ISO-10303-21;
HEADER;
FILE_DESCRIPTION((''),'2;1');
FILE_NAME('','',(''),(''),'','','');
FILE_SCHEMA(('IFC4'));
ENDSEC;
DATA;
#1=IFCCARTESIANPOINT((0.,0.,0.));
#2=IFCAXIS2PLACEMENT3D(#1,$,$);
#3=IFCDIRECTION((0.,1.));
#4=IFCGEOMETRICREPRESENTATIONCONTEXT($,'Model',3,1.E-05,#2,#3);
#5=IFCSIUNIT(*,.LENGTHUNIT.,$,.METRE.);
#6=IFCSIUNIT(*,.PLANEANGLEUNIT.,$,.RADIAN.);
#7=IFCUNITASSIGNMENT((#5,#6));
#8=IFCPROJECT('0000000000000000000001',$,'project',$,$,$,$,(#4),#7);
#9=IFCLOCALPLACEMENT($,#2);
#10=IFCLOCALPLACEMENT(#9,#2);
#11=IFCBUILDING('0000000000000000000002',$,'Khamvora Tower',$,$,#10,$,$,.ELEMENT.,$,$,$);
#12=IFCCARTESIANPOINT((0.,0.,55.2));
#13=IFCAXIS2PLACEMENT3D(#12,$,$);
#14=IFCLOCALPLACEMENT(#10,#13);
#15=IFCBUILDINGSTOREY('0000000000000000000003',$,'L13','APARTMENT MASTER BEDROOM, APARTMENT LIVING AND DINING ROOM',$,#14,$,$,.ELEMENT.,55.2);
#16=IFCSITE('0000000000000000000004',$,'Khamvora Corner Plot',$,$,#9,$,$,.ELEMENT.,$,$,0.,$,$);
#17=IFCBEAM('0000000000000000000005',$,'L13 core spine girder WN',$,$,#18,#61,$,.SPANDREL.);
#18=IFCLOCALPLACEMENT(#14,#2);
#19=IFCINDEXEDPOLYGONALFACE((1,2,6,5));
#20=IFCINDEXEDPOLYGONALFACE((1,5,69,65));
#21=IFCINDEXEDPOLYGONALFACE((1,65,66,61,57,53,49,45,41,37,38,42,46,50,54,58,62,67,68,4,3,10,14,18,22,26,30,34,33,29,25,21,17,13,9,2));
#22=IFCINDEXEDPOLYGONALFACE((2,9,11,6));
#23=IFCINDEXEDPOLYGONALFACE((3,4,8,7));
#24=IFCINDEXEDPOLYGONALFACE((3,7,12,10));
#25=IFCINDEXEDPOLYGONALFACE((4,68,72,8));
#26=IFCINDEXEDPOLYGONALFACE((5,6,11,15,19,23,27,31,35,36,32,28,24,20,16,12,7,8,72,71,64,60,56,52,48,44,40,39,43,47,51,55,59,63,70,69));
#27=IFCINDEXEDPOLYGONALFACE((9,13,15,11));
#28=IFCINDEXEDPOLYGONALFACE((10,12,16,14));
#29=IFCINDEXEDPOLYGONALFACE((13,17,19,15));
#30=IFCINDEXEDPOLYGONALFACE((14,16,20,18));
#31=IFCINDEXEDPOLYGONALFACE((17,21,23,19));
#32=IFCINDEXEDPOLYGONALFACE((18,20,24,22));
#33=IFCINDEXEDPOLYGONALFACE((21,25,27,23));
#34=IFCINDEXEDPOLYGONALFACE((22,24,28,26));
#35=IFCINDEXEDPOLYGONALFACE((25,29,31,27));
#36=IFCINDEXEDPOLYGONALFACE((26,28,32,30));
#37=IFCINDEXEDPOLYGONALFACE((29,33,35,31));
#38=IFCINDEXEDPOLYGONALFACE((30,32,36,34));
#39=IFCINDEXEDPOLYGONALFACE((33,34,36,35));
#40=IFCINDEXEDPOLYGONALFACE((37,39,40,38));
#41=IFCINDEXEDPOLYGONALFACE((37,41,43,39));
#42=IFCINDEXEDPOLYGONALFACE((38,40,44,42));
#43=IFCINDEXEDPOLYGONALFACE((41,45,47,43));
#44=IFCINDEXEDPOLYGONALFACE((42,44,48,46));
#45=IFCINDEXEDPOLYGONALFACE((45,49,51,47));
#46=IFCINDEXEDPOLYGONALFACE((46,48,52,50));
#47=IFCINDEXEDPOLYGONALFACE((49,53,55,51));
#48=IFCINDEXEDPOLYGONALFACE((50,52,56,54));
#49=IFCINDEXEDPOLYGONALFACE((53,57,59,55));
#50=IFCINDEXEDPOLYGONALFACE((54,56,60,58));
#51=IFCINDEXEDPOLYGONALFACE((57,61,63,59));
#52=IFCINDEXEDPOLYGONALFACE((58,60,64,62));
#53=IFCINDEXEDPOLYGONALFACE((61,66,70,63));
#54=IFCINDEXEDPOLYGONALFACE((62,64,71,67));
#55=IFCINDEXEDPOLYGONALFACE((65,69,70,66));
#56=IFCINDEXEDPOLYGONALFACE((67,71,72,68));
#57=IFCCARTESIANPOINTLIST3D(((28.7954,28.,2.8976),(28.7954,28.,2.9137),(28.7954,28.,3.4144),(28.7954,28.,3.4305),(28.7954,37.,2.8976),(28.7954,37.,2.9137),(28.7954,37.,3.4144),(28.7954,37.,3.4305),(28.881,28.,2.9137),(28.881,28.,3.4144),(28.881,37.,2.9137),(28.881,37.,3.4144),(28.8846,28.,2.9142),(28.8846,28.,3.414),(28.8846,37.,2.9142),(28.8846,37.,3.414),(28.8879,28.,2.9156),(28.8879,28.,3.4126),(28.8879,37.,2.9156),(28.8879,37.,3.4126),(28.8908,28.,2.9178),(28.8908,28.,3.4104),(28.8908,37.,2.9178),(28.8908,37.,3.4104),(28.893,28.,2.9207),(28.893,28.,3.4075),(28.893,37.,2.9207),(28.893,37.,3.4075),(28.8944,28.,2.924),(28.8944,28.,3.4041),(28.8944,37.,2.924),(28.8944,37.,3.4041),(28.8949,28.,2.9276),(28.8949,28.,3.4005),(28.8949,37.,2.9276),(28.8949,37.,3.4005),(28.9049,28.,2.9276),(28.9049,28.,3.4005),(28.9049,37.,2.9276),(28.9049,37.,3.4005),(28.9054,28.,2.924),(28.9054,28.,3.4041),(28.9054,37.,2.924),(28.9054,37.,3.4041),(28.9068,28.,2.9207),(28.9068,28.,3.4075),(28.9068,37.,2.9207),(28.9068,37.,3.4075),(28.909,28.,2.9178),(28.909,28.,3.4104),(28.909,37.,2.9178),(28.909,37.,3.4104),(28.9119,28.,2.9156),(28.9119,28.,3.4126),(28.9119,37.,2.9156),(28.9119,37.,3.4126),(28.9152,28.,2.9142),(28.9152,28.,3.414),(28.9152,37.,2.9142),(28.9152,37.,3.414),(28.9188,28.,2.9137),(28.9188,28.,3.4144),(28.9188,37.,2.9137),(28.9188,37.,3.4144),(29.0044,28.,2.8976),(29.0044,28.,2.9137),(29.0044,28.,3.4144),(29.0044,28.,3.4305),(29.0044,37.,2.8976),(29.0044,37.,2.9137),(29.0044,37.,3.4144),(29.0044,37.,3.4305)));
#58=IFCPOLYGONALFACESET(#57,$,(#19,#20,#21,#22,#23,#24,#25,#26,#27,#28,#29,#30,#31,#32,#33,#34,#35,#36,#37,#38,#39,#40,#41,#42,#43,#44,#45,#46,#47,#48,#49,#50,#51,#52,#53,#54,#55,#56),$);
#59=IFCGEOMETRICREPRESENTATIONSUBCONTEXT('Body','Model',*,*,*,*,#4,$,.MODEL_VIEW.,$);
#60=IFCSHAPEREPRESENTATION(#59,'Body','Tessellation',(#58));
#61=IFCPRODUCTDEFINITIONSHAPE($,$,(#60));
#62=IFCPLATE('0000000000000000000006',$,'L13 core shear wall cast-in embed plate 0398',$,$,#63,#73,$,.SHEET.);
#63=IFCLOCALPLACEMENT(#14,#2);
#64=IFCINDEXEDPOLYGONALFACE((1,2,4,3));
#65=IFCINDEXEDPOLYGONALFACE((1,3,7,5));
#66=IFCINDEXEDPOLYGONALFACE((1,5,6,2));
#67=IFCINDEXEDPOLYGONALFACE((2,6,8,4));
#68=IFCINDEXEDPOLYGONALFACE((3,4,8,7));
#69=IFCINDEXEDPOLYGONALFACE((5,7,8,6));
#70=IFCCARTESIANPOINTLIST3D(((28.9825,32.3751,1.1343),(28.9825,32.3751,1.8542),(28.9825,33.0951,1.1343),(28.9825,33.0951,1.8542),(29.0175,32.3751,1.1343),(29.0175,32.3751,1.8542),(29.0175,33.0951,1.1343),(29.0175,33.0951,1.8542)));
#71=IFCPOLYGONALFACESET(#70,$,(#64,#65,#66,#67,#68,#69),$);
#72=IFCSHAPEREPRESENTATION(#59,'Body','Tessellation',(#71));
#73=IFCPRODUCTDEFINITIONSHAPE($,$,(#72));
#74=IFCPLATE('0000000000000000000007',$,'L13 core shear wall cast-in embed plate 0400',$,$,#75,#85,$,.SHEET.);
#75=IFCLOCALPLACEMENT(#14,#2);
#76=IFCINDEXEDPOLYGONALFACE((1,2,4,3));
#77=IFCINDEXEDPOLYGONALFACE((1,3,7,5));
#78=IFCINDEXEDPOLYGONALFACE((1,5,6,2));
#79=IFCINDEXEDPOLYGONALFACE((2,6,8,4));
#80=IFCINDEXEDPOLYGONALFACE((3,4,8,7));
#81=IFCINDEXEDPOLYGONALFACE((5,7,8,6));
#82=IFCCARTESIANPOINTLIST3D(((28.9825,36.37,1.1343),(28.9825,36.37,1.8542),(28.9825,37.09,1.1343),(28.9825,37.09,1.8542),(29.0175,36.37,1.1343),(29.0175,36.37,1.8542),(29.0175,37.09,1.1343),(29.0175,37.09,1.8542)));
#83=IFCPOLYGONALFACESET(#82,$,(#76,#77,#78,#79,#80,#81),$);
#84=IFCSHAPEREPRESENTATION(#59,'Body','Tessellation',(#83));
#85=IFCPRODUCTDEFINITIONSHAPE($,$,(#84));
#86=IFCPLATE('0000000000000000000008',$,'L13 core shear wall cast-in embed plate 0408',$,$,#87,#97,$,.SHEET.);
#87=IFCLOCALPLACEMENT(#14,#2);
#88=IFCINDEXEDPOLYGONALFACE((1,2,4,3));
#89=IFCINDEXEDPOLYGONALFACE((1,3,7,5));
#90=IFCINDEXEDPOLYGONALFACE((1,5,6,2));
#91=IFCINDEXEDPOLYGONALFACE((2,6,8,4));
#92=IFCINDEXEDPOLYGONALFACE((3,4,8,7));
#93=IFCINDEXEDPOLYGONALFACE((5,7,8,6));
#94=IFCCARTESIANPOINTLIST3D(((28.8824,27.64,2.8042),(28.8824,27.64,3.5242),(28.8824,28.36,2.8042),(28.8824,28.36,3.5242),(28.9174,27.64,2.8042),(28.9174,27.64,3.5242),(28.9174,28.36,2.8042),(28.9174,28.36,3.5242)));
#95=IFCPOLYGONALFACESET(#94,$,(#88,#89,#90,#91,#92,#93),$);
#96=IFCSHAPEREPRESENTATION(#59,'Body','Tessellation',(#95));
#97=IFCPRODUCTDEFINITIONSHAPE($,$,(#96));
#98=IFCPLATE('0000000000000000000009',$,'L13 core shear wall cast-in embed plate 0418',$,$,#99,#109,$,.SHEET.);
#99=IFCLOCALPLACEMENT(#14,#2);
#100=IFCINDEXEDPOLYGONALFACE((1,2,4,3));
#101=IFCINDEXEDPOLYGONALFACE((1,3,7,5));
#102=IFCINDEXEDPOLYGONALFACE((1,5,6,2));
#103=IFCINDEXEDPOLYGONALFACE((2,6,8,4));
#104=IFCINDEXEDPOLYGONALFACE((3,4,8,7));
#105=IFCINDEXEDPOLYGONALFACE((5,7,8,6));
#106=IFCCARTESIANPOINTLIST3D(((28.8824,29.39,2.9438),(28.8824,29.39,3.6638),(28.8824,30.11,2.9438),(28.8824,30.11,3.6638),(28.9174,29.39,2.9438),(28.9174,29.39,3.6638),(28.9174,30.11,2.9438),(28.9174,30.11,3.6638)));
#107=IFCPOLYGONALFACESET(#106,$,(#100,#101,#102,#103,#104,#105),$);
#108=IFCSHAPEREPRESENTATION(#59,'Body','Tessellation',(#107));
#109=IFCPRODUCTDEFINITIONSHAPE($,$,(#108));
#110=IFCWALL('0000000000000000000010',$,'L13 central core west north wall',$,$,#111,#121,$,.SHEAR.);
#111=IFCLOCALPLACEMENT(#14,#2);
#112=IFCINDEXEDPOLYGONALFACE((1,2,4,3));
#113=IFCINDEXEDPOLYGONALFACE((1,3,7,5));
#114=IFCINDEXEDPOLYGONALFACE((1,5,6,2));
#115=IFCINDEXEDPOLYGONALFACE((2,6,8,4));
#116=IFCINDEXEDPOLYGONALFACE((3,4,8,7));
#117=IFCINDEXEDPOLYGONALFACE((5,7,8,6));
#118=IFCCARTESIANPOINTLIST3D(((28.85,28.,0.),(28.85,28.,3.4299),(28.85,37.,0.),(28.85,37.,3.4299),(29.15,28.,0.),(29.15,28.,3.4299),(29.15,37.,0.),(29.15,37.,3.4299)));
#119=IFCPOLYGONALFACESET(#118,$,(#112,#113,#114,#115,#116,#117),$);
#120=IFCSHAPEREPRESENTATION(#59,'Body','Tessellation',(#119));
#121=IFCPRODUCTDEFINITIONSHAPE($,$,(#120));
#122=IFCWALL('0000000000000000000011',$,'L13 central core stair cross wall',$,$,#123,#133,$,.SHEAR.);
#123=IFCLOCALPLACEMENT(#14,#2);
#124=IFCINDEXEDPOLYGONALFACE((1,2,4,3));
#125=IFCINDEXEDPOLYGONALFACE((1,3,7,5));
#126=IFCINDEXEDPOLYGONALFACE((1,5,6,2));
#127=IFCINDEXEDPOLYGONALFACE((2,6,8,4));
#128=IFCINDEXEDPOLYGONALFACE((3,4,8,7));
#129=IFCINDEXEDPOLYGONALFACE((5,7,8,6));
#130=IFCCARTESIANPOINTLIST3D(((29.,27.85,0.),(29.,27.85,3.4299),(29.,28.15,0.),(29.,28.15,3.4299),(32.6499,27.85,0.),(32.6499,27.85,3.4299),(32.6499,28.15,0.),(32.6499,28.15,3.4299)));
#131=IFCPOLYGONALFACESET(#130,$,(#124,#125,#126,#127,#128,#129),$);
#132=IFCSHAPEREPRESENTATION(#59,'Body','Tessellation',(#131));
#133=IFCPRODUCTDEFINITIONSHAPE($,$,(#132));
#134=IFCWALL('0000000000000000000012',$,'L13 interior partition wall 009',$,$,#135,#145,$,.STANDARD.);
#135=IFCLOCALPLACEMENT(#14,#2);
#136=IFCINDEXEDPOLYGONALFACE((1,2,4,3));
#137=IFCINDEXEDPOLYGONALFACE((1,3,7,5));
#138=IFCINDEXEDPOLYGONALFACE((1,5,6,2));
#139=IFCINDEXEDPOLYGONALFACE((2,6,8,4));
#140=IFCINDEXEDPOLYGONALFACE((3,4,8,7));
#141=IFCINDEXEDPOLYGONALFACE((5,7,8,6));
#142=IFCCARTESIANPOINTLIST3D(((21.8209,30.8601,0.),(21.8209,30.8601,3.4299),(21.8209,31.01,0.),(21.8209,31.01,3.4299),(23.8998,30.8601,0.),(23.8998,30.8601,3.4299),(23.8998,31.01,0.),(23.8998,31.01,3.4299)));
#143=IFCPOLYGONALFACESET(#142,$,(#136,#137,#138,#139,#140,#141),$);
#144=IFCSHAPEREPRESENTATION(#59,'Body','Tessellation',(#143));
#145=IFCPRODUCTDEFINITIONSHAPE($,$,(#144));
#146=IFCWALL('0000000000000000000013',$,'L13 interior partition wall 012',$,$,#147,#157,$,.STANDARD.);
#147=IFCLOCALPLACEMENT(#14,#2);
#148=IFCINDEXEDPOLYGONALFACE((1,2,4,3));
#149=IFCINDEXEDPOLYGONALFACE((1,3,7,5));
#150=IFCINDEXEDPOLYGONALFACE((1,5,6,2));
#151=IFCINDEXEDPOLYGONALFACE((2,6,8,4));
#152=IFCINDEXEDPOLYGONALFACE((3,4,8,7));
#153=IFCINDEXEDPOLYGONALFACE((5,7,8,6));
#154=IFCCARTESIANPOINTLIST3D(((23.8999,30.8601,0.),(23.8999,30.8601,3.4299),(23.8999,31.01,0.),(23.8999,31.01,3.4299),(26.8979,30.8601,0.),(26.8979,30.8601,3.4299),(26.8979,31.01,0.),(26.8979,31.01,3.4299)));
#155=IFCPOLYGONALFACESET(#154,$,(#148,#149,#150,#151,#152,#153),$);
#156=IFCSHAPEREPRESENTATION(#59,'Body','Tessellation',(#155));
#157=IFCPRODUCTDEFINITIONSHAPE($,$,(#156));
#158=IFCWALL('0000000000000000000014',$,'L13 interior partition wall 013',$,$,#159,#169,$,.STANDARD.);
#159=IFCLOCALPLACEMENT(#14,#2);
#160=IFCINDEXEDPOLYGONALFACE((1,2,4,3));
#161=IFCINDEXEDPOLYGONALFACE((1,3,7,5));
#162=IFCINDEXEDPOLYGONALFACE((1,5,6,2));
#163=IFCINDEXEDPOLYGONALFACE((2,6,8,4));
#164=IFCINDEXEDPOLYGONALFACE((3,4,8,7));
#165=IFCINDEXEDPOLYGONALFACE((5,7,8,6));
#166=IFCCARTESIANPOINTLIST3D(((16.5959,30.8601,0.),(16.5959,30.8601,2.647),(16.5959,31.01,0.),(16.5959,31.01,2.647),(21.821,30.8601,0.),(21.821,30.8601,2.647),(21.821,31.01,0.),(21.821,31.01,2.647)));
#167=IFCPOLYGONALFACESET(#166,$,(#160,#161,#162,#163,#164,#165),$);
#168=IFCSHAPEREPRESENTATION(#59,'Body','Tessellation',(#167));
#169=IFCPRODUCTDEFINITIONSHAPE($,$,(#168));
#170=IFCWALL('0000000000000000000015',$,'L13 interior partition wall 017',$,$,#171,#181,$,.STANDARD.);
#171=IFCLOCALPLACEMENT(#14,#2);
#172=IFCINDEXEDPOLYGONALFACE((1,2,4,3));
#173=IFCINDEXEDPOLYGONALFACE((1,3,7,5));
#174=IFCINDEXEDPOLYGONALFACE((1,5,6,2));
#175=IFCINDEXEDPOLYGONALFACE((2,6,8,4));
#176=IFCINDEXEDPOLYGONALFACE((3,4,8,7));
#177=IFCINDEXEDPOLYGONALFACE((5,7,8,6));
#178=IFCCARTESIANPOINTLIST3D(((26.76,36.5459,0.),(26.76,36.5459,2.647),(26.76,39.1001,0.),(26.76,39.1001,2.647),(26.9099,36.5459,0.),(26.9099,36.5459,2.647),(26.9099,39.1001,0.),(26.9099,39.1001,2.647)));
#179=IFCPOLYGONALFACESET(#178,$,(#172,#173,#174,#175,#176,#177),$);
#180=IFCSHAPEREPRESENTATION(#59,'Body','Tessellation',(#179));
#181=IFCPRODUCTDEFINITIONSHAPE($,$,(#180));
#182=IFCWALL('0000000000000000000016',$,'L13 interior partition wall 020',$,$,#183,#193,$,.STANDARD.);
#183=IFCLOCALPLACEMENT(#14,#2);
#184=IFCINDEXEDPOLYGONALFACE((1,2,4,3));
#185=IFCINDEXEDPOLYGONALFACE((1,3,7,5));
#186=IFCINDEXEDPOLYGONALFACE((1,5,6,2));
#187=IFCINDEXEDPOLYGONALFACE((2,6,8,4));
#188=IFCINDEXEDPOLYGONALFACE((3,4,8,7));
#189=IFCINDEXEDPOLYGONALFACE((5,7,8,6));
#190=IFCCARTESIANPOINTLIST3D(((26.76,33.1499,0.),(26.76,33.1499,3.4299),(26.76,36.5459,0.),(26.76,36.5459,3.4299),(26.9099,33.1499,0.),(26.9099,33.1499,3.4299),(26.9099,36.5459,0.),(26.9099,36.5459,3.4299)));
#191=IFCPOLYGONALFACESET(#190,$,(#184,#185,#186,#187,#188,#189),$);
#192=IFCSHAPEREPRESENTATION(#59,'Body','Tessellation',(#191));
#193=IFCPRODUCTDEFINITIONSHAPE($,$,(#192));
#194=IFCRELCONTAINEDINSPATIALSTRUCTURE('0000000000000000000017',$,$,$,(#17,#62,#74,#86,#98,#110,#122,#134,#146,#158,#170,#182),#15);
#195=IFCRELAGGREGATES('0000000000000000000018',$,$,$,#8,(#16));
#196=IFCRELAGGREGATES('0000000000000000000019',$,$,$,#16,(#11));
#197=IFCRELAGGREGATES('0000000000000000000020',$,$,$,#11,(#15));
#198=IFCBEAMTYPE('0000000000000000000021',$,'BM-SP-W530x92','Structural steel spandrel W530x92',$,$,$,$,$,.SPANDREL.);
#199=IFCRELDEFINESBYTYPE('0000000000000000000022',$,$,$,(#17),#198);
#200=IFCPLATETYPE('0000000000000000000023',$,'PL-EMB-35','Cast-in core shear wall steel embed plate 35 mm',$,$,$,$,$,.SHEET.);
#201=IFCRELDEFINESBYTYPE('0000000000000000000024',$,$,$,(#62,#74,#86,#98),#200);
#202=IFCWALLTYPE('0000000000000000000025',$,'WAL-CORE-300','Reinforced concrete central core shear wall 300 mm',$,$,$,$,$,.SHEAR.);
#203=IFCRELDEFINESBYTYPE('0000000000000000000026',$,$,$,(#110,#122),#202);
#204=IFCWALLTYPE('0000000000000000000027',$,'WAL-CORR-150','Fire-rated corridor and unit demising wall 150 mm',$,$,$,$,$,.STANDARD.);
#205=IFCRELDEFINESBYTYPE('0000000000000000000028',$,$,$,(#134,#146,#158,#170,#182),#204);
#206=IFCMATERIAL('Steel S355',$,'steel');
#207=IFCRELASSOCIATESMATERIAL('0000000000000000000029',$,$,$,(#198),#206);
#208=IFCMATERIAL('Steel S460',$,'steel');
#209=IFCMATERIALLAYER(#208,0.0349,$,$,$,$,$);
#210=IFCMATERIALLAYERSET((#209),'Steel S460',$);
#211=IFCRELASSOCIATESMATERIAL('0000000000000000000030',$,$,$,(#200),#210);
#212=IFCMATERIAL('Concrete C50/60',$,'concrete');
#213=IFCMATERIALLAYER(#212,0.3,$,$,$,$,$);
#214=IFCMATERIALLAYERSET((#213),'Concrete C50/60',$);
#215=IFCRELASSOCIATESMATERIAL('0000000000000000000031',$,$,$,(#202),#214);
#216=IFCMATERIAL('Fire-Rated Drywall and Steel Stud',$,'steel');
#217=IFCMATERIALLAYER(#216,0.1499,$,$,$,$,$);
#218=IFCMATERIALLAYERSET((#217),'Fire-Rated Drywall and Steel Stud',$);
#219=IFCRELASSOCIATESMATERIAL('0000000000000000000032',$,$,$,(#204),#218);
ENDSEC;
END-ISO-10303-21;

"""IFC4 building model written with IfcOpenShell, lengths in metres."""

from ifc_helpers import new_model, si_unit, direction, frame, frame_2d, origin, origin_2d, place, context, subcontext, project, spatial, rectangle, i_section, extrude, material, layer, layer_set, material_profile, profile_set, type_object, element, save


model = new_model("IFC4")

# Units and contexts
model_context = context("Model", 3, precision=1e-05, world=origin(), true_north=direction((0.0, 1.0)))
body_context = subcontext(model_context, "Body", "Model", "MODEL_VIEW")
ifc_project = project(units=[si_unit("LENGTHUNIT", "METRE"), si_unit("PLANEANGLEUNIT", "RADIAN")], contexts=[model_context])

# Site, building, storey
site_placement = place(None, origin())
site = spatial("IfcSite", under=ifc_project, at=site_placement, Name="Khamvora Corner Plot", CompositionType="ELEMENT", RefElevation=0.0)
building_placement = place(site_placement, origin())
building = spatial("IfcBuilding", under=site, at=building_placement, Name="Khamvora Tower", CompositionType="ELEMENT")
storey_placement = place(building_placement, frame((0.0, 0.0, 55.2)))
storey = spatial("IfcBuildingStorey", under=building, at=storey_placement, Name="L13", Description="APARTMENT MASTER BEDROOM, APARTMENT LIVING AND DINING ROOM", CompositionType="ELEMENT", Elevation=55.2)

# Shared definitions
ifc_material_1 = material(Name="Steel S460", Category="steel")

# Beam
ifc_material_2 = material(Name="Steel S355", Category="steel")
ifc_material_profile_1 = material_profile(ifc_material_2, i_section(OverallWidth=0.209, OverallDepth=0.533, WebThickness=0.01, FlangeThickness=0.0161, FilletRadius=0.0139, at=origin_2d()), Name="W530x92")
ifc_profile_set_1 = profile_set([ifc_material_profile_1], Name="Steel S355")
beam_type_1 = type_object("IfcBeamType", Name="BM-SP-W530x92", Description="Structural steel spandrel W530x92", PredefinedType="SPANDREL", material=ifc_profile_set_1)
beam_1_placement = place(storey_placement, frame((28.8999, 28.0, 3.1641), z_axis=(0.0, 1.0, 0.0), x_axis=(-1.0, 0.0, 0.0)))
element("IfcBeam", 1, at=beam_1_placement, inside=storey, type_object=beam_type_1, Name="L13 core spine girder WN", PredefinedType="SPANDREL", context=body_context, shape_type="SweptSolid", body=[
    extrude(i_section(OverallWidth=0.209, OverallDepth=0.533, WebThickness=0.01, FlangeThickness=0.0161, FilletRadius=0.0139, at=origin_2d()), origin(), (0.0, 0.0, 1.0), 9.0),
])

# Plates
ifc_layer_1 = layer(ifc_material_1, 0.0349)
ifc_layer_set_1 = layer_set([ifc_layer_1], Name="Steel S460")
plate_type = type_object("IfcPlateType", Name="PL-EMB-35", Description="Cast-in core shear wall steel embed plate 35 mm", PredefinedType="SHEET", material=ifc_layer_set_1)
for number, where, z_axis, x_axis, name in (
    (2, (29.0, 32.7351, 1.1343), (0.0, 0.0, 1.0), (1.0, 0.0, 0.0), "L13 core shear wall cast-in embed plate 0398"),
    (3, (29.0, 36.73, 1.1343), (0.0, 0.0, 1.0), (1.0, 0.0, 0.0), "L13 core shear wall cast-in embed plate 0400"),
    (4, (28.8999, 28.0, 2.8042), (0.0, 0.0, 1.0), (1.0, 0.0, 0.0), "L13 core shear wall cast-in embed plate 0408"),
    (5, (28.8999, 29.75, 2.9438), (0.0, 0.0, 1.0), (1.0, 0.0, 0.0), "L13 core shear wall cast-in embed plate 0418"),
):
    element("IfcPlate", number, at=place(storey_placement, frame(where, z_axis=z_axis, x_axis=x_axis)), inside=storey, type_object=plate_type, Name=name, PredefinedType="SHEET", context=body_context, shape_type="SweptSolid", body=[
        extrude(rectangle(XDim=0.0349, YDim=0.72, at=origin_2d()), origin(), (0.0, 0.0, 1.0), 0.72),
    ])

# Walls
ifc_material_3 = material(Name="Concrete C50/60", Category="concrete")
ifc_layer_2 = layer(ifc_material_3, 0.3)
ifc_layer_set_2 = layer_set([ifc_layer_2], Name="Concrete C50/60")
wall_type_1 = type_object("IfcWallType", Name="WAL-CORE-300", Description="Reinforced concrete central core shear wall 300 mm", PredefinedType="SHEAR", material=ifc_layer_set_2)
wall_1_placement = place(storey_placement, frame((29.0, 28.0, 0.0), z_axis=(0.0, 0.0, 1.0), x_axis=(0.0, 1.0, 0.0)))
element("IfcWall", 6, at=wall_1_placement, inside=storey, type_object=wall_type_1, Name="L13 central core west north wall", PredefinedType="SHEAR", context=body_context, shape_type="SweptSolid", body=[
    extrude(rectangle(XDim=9.0, YDim=0.3, at=frame_2d((4.5, 0.0))), origin(), (0.0, 0.0, 1.0), 3.4299),
])
wall_2_placement = place(storey_placement, frame((29.0, 28.0, 0.0), z_axis=(0.0, 0.0, 1.0), x_axis=(1.0, 0.0, 0.0)))
element("IfcWall", 7, at=wall_2_placement, inside=storey, type_object=wall_type_1, Name="L13 central core stair cross wall", PredefinedType="SHEAR", context=body_context, shape_type="SweptSolid", body=[
    extrude(rectangle(XDim=3.6499, YDim=0.3, at=frame_2d((1.825, 0.0))), origin(), (0.0, 0.0, 1.0), 3.4299),
])
ifc_material_4 = material(Name="Fire-Rated Drywall and Steel Stud", Category="steel")
ifc_layer_3 = layer(ifc_material_4, 0.1499)
ifc_layer_set_3 = layer_set([ifc_layer_3], Name="Fire-Rated Drywall and Steel Stud")
wall_type_2 = type_object("IfcWallType", Name="WAL-CORR-150", Description="Fire-rated corridor and unit demising wall 150 mm", PredefinedType="STANDARD", material=ifc_layer_set_3)
wall_3_placement = place(storey_placement, frame((23.8999, 30.9351, 0.0), z_axis=(0.0, 0.0, 1.0), x_axis=(-1.0, 0.0, 0.0)))
element("IfcWall", 8, at=wall_3_placement, inside=storey, type_object=wall_type_2, Name="L13 interior partition wall 009", PredefinedType="STANDARD", context=body_context, shape_type="SweptSolid", body=[
    extrude(rectangle(XDim=2.0789, YDim=0.1499, at=frame_2d((1.0396, 0.0))), origin(), (0.0, 0.0, 1.0), 3.4299),
])
wall_4_placement = place(storey_placement, frame((26.8979, 30.9351, 0.0), z_axis=(0.0, 0.0, 1.0), x_axis=(-1.0, 0.0, 0.0)))
element("IfcWall", 9, at=wall_4_placement, inside=storey, type_object=wall_type_2, Name="L13 interior partition wall 012", PredefinedType="STANDARD", context=body_context, shape_type="SweptSolid", body=[
    extrude(rectangle(XDim=2.998, YDim=0.1499, at=frame_2d((1.499, 0.0))), origin(), (0.0, 0.0, 1.0), 3.4299),
])
wall_5_placement = place(storey_placement, frame((21.821, 30.9351, 0.0), z_axis=(0.0, 0.0, 1.0), x_axis=(-1.0, 0.0, 0.0)))
element("IfcWall", 10, at=wall_5_placement, inside=storey, type_object=wall_type_2, Name="L13 interior partition wall 013", PredefinedType="STANDARD", context=body_context, shape_type="SweptSolid", body=[
    extrude(rectangle(XDim=5.2251, YDim=0.1499, at=frame_2d((2.6125, 0.0))), origin(), (0.0, 0.0, 1.0), 2.647),
])
wall_6_placement = place(storey_placement, frame((26.835, 36.5459, 0.0), z_axis=(0.0, 0.0, 1.0), x_axis=(0.0, 1.0, 0.0)))
element("IfcWall", 11, at=wall_6_placement, inside=storey, type_object=wall_type_2, Name="L13 interior partition wall 017", PredefinedType="STANDARD", context=body_context, shape_type="SweptSolid", body=[
    extrude(rectangle(XDim=2.5542, YDim=0.1499, at=frame_2d((1.2771, 0.0))), origin(), (0.0, 0.0, 1.0), 2.647),
])

# Wall
wall_7_placement = place(storey_placement, frame((26.835, 33.1499, 0.0), z_axis=(0.0, 0.0, 1.0), x_axis=(0.0, 1.0, 0.0)))
element("IfcWall", 12, at=wall_7_placement, inside=storey, type_object=wall_type_2, Name="L13 interior partition wall 020", PredefinedType="STANDARD", context=body_context, shape_type="SweptSolid", body=[
    extrude(rectangle(XDim=3.396, YDim=0.1499, at=frame_2d((1.698, 0.0))), origin(), (0.0, 0.0, 1.0), 3.4299),
])

save(model, "model.ifc")
